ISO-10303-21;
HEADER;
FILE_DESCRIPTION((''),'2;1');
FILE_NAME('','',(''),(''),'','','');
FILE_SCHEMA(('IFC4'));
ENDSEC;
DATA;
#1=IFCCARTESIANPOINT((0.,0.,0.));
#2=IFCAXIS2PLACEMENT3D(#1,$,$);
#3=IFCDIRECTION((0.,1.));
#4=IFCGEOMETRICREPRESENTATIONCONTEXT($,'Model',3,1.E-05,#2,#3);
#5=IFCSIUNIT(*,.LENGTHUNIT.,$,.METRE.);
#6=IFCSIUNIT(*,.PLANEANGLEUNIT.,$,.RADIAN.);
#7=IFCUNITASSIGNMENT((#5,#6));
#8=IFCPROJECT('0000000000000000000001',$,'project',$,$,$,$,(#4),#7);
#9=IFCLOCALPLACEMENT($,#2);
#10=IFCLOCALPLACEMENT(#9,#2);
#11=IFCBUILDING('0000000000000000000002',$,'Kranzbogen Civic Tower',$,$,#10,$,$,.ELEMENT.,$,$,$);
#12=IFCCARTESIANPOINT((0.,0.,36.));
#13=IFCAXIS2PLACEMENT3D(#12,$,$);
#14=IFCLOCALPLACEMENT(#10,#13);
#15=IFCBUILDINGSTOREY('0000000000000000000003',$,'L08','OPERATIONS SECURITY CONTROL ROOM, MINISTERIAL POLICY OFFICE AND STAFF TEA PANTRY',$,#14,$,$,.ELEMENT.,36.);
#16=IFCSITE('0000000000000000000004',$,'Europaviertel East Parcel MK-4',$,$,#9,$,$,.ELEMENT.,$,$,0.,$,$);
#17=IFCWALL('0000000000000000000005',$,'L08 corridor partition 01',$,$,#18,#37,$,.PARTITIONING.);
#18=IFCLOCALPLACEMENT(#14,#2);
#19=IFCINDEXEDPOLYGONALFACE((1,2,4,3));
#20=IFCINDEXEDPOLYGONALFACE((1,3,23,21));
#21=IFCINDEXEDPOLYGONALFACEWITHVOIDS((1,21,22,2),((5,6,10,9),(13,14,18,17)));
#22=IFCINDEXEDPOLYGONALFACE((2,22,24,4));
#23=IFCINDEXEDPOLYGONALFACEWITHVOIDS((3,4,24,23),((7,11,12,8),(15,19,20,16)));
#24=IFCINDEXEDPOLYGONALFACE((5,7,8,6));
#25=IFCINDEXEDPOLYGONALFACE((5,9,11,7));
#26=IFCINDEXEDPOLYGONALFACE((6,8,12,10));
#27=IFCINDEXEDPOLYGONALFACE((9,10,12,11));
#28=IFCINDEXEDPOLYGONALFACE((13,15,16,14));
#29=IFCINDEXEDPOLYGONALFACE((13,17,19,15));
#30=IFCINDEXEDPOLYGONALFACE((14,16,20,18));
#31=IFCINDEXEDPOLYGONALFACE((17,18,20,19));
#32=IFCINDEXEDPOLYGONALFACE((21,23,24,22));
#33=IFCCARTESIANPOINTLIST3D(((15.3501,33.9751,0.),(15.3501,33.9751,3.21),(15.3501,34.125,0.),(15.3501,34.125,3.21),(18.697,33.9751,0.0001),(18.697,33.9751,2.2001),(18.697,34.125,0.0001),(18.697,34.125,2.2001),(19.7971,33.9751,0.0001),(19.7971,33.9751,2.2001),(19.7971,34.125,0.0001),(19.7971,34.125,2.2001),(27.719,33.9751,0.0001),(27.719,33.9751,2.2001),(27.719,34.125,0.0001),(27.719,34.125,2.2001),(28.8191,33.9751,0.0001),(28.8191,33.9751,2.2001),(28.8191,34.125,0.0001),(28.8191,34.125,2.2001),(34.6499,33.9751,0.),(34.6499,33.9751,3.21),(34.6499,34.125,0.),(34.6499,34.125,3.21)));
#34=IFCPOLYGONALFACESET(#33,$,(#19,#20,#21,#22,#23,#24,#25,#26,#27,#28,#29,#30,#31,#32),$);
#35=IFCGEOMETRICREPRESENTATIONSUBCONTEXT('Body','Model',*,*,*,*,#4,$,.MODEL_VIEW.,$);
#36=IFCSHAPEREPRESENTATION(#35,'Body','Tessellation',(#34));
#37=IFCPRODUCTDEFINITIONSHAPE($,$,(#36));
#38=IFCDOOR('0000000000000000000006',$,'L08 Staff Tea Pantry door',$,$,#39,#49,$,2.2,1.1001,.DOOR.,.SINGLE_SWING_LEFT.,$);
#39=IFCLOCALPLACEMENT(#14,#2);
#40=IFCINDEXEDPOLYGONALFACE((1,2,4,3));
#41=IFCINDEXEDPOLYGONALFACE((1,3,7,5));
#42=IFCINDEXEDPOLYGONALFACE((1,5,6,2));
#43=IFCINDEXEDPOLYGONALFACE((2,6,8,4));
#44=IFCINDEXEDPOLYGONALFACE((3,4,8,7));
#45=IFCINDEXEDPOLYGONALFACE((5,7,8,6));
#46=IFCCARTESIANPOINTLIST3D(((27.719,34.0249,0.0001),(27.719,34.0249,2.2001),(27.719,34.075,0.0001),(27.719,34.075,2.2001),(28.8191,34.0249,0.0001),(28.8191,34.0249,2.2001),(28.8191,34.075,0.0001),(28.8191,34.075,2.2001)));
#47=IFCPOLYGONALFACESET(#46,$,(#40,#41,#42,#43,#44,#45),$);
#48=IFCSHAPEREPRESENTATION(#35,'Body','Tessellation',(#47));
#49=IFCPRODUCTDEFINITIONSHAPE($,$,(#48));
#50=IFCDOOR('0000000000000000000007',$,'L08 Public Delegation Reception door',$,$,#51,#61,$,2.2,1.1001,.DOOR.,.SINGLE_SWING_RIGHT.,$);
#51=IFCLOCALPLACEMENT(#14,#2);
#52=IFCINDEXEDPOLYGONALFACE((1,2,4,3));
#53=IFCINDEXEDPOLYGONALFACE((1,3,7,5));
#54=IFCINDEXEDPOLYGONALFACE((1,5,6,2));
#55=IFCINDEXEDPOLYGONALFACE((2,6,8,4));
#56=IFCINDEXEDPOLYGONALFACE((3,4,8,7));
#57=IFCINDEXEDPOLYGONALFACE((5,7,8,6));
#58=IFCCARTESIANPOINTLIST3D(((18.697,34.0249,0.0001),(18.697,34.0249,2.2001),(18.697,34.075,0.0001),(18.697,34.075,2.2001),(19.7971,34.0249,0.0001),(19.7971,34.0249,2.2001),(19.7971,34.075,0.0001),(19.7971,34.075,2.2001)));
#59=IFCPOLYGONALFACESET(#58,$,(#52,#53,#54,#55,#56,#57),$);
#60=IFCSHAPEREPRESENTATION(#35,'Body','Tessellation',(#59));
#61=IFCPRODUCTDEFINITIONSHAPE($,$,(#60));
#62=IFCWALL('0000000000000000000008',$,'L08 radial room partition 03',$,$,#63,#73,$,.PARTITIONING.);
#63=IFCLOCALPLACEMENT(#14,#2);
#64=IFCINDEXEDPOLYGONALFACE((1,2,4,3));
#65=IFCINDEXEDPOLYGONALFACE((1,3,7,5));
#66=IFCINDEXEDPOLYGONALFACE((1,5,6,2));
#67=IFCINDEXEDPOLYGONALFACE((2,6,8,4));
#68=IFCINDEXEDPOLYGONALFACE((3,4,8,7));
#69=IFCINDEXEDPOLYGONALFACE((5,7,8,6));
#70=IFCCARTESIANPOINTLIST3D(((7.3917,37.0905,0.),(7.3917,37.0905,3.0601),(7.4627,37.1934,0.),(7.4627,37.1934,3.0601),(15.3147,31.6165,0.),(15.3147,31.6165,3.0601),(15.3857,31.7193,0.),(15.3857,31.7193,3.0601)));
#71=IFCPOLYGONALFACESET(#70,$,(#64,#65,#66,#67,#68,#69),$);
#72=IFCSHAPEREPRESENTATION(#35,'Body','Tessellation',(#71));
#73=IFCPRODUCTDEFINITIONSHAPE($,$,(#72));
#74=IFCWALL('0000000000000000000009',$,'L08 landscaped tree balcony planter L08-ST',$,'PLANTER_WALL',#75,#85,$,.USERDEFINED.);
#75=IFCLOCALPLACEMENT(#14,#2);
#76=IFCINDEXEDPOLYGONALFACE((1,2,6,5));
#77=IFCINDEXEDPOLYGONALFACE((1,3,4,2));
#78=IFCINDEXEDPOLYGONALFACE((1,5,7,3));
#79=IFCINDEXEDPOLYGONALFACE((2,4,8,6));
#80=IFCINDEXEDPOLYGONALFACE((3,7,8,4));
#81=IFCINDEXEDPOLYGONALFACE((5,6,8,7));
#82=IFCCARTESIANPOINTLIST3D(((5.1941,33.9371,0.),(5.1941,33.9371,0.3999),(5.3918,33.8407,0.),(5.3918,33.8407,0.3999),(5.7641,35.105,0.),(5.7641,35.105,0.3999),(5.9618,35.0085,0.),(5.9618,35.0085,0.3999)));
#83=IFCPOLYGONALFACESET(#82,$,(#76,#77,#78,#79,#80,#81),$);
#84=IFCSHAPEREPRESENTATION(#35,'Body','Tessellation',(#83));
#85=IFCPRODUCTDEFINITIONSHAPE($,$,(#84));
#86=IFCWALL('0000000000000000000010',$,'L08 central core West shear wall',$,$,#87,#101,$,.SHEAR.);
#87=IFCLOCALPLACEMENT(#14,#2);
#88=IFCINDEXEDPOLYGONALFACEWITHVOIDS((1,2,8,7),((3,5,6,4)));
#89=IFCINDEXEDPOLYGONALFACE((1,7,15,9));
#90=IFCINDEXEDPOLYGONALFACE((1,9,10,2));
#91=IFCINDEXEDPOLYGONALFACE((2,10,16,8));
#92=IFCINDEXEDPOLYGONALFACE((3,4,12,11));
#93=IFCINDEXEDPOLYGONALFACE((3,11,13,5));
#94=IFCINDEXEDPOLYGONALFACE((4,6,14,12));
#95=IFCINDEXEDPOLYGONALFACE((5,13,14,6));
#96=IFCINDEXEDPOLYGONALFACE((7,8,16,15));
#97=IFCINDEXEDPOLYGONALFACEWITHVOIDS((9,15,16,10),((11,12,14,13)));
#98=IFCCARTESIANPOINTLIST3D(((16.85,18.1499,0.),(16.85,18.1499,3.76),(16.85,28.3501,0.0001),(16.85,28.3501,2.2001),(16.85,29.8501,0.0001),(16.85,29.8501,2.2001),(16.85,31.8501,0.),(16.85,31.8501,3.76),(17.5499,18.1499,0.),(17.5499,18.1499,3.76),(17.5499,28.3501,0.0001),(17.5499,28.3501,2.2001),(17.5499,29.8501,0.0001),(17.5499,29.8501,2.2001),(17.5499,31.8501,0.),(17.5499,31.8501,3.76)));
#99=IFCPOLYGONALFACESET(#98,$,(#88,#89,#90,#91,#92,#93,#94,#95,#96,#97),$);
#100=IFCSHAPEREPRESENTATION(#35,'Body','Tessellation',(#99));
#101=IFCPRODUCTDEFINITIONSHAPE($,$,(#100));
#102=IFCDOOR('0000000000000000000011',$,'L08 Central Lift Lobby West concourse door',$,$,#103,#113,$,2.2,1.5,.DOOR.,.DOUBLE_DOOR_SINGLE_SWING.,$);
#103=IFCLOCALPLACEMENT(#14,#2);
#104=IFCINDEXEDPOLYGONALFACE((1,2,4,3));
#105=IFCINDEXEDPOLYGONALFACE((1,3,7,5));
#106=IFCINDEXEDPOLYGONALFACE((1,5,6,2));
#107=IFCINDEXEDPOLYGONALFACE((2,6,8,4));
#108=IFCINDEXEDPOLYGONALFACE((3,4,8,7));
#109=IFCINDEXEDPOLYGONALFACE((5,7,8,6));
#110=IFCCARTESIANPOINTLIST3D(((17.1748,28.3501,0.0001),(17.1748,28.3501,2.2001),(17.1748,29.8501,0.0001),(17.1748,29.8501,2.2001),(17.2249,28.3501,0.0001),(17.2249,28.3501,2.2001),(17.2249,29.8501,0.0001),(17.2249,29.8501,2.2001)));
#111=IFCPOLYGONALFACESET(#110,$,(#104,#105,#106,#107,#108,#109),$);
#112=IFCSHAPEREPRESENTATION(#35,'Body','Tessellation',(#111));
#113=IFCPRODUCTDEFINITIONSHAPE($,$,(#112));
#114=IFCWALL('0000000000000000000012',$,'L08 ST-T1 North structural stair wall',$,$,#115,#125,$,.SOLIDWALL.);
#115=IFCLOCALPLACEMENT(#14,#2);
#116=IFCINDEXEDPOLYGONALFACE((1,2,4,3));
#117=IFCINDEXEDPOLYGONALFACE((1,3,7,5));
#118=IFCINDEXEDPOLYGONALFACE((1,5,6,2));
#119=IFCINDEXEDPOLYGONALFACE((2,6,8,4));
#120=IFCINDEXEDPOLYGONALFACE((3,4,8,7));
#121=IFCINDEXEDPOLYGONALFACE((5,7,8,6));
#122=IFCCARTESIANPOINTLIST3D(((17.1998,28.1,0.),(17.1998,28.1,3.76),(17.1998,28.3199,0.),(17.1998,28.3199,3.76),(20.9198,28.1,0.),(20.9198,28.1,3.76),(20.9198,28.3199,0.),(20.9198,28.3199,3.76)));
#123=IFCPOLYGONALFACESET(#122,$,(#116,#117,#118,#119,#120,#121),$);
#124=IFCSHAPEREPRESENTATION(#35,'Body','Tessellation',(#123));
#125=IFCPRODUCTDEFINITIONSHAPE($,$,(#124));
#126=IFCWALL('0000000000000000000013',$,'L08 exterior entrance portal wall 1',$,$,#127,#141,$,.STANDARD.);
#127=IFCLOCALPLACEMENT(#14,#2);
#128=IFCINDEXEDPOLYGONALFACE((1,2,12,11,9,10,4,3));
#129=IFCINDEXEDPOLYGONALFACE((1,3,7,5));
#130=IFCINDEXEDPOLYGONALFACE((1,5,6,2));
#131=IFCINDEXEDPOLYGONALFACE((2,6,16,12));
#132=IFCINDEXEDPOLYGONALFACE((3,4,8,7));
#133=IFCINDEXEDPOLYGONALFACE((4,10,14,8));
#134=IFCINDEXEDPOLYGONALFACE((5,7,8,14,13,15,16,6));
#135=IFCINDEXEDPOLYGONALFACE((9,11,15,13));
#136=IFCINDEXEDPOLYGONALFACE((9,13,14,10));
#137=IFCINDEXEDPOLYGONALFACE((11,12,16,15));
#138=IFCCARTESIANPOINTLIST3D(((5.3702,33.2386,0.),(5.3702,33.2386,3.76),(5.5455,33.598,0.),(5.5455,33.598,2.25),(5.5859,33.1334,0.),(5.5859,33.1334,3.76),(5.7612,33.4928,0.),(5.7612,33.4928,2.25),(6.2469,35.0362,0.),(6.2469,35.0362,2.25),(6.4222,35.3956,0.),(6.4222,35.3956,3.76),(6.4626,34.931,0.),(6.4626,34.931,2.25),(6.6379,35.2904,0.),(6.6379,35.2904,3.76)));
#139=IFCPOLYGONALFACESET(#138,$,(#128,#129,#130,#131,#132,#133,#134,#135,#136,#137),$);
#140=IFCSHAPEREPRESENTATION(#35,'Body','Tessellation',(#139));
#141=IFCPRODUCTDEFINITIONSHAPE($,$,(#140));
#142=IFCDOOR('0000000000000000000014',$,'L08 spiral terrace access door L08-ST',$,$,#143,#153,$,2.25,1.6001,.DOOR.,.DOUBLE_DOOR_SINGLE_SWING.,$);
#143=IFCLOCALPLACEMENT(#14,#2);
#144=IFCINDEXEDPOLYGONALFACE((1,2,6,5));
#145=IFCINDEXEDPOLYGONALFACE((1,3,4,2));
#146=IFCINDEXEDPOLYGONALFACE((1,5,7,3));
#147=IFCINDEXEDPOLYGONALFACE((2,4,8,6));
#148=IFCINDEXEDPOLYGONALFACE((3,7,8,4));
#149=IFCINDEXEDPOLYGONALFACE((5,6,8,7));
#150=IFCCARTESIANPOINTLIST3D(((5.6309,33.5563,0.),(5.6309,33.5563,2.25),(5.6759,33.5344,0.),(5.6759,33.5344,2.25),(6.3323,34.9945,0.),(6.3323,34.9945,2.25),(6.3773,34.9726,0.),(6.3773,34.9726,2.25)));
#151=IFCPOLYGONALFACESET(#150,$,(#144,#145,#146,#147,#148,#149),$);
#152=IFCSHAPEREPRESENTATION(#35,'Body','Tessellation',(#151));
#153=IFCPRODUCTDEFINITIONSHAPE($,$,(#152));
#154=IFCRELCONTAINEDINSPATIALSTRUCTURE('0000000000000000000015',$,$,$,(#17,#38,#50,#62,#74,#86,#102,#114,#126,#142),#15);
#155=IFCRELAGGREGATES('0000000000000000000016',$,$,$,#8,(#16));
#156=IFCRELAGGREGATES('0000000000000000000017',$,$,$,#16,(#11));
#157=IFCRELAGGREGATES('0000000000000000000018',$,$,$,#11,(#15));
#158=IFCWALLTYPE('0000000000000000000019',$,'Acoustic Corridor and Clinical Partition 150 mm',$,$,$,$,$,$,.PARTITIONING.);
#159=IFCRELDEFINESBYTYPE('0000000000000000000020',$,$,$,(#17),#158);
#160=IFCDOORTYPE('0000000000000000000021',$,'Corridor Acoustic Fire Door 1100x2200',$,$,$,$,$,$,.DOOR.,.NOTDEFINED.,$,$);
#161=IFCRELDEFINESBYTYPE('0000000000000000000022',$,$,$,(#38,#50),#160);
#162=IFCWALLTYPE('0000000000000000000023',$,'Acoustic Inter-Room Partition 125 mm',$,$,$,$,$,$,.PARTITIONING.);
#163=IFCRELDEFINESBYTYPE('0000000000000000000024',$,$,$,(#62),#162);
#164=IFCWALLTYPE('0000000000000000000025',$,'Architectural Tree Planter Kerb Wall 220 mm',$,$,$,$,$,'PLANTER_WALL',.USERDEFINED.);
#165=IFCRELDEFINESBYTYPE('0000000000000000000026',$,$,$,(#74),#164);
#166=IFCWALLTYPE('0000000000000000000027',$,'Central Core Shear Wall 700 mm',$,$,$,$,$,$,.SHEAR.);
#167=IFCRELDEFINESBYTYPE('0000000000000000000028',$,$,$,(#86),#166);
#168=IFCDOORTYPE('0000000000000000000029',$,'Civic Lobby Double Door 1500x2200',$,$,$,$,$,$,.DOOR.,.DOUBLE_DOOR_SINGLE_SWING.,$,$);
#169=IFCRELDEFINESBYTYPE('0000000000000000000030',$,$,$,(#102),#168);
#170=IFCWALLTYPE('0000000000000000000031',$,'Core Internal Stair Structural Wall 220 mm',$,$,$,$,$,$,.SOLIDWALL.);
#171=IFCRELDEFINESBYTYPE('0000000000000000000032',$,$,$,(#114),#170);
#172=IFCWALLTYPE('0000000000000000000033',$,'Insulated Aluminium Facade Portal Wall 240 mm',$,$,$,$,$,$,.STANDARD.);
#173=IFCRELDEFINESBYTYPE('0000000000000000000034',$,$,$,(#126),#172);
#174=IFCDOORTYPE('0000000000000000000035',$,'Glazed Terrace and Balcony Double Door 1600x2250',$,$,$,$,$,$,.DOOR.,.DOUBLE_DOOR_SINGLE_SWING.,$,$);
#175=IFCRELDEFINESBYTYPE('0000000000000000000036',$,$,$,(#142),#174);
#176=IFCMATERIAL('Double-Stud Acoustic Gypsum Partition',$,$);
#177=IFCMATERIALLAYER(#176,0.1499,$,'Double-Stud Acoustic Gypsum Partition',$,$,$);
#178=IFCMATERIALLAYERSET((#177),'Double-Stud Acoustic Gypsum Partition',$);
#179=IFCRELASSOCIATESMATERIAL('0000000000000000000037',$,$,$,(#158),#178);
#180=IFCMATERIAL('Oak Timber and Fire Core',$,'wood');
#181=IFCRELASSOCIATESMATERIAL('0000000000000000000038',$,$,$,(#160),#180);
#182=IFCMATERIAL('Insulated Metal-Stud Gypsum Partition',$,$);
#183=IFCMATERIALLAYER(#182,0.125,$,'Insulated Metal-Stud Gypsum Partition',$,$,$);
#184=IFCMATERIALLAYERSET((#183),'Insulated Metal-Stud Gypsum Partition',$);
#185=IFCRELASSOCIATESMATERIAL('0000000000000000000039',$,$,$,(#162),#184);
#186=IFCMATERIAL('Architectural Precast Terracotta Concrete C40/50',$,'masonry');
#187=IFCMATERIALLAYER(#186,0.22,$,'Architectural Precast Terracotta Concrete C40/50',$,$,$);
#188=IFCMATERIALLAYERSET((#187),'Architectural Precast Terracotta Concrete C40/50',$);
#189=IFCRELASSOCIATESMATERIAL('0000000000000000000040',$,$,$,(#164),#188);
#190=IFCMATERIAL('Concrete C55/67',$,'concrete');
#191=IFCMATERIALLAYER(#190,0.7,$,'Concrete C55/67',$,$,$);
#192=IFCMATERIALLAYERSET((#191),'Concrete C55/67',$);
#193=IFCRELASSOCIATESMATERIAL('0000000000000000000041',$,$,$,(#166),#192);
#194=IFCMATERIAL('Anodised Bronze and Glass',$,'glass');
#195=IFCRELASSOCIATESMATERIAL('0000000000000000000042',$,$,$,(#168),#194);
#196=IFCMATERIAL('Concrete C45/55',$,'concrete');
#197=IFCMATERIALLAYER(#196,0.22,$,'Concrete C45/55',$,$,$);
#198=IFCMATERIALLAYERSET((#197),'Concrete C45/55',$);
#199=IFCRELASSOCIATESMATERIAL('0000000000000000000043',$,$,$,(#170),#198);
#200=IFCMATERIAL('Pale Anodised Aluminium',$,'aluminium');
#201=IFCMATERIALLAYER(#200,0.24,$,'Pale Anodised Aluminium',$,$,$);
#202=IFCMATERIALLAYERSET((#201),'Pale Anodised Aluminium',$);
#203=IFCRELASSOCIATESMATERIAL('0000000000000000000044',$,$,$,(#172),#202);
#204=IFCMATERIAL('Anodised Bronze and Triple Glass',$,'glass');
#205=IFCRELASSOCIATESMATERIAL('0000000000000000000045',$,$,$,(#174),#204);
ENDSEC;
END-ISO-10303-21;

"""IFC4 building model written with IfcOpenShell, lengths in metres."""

from ifc_helpers import new_model, si_unit, direction, frame, frame_2d, origin, place, context, subcontext, project, spatial, rectangle, extrude, material, layer, layer_set, type_object, element, fill, save


model = new_model("IFC4")

# Units and contexts
model_context = context("Model", 3, precision=1e-05, world=origin(), true_north=direction((0.0, 1.0)))
body_context = subcontext(model_context, "Body", "Model", "MODEL_VIEW")
ifc_project = project(units=[si_unit("LENGTHUNIT", "METRE"), si_unit("PLANEANGLEUNIT", "RADIAN")], contexts=[model_context])

# Site, building, storey
site_placement = place(None, origin())
site = spatial("IfcSite", under=ifc_project, at=site_placement, Name="Europaviertel East Parcel MK-4", CompositionType="ELEMENT", RefElevation=0.0)
building_placement = place(site_placement, origin())
building = spatial("IfcBuilding", under=site, at=building_placement, Name="Kranzbogen Civic Tower", CompositionType="ELEMENT")
storey_placement = place(building_placement, frame((0.0, 0.0, 36.0)))
storey = spatial("IfcBuildingStorey", under=building, at=storey_placement, Name="L08", Description="OPERATIONS SECURITY CONTROL ROOM, MINISTERIAL POLICY OFFICE AND STAFF TEA PANTRY", CompositionType="ELEMENT", Elevation=36.0)

# Shared definitions
ifc_material_1 = material(Name="Pale Anodised Aluminium", Category="aluminium")

# Wall, openings, doors
ifc_material_2 = material(Name="Double-Stud Acoustic Gypsum Partition")
ifc_layer_1 = layer(ifc_material_2, 0.1499, Name="Double-Stud Acoustic Gypsum Partition")
ifc_layer_set_1 = layer_set([ifc_layer_1], Name="Double-Stud Acoustic Gypsum Partition")
wall_type_1 = type_object("IfcWallType", Name="Acoustic Corridor and Clinical Partition 150 mm", PredefinedType="PARTITIONING", material=ifc_layer_set_1)
wall_1_placement = place(storey_placement, frame((15.3501, 34.05, 0.0), z_axis=(0.0, 0.0, 1.0), x_axis=(1.0, 0.0, 0.0)))
wall_1 = element("IfcWall", 1, at=wall_1_placement, inside=storey, type_object=wall_type_1, Name="L08 corridor partition 01", PredefinedType="PARTITIONING", context=body_context, shape_type="SweptSolid", body=[
    extrude(rectangle(XDim=19.2998, YDim=0.1499, at=frame_2d((9.6499, 0.0))), origin(), (0.0, 0.0, 1.0), 3.21),
])
opening_1_placement = place(wall_1_placement, frame((12.3689, 0.0, 0.0)))
opening_1 = element("IfcOpeningElement", 2, at=opening_1_placement, cuts=wall_1, PredefinedType="OPENING", context=body_context, shape_type="SweptSolid", body=[
    extrude(rectangle(XDim=1.1001, YDim=2.2, at=frame_2d((0.55, 1.1001))), frame((0.0, 0.085, 0.0), z_axis=(0.0, -1.0, 0.0), x_axis=(1.0, 0.0, 0.0)), (0.0, 0.0, 1.0), 0.1699),
])
opening_2_placement = place(wall_1_placement, frame((3.3469, 0.0, 0.0)))
opening_2 = element("IfcOpeningElement", 3, at=opening_2_placement, cuts=wall_1, PredefinedType="OPENING", context=body_context, shape_type="SweptSolid", body=[
    extrude(rectangle(XDim=1.1001, YDim=2.2, at=frame_2d((0.55, 1.1001))), frame((0.0, 0.085, 0.0), z_axis=(0.0, -1.0, 0.0), x_axis=(1.0, 0.0, 0.0)), (0.0, 0.0, 1.0), 0.1699),
])
ifc_material_3 = material(Name="Oak Timber and Fire Core", Category="wood")
door_type_1 = type_object("IfcDoorType", Name="Corridor Acoustic Fire Door 1100x2200", OperationType="NOTDEFINED", PredefinedType="DOOR", material=ifc_material_3)
door_1_placement = place(opening_1_placement, origin())
door_1 = element("IfcDoor", 4, at=door_1_placement, inside=storey, type_object=door_type_1, Name="L08 Staff Tea Pantry door", OperationType="SINGLE_SWING_LEFT", OverallHeight=2.2, OverallWidth=1.1001, PredefinedType="DOOR", context=body_context, shape_type="SweptSolid", body=[
    extrude(rectangle(XDim=1.1001, YDim=2.2, at=frame_2d((0.55, 1.1001))), frame((0.0, 0.0249, 0.0), z_axis=(0.0, -1.0, 0.0), x_axis=(1.0, 0.0, 0.0)), (0.0, 0.0, 1.0), 0.05),
])
fill(opening_1, door_1)
door_2_placement = place(opening_2_placement, origin())
door_2 = element("IfcDoor", 5, at=door_2_placement, inside=storey, type_object=door_type_1, Name="L08 Public Delegation Reception door", OperationType="SINGLE_SWING_RIGHT", OverallHeight=2.2, OverallWidth=1.1001, PredefinedType="DOOR", context=body_context, shape_type="SweptSolid", body=[
    extrude(rectangle(XDim=1.1001, YDim=2.2, at=frame_2d((0.55, 1.1001))), frame((0.0, 0.0249, 0.0), z_axis=(0.0, -1.0, 0.0), x_axis=(1.0, 0.0, 0.0)), (0.0, 0.0, 1.0), 0.05),
])
fill(opening_2, door_2)

# Walls
ifc_material_4 = material(Name="Insulated Metal-Stud Gypsum Partition")
ifc_layer_2 = layer(ifc_material_4, 0.125, Name="Insulated Metal-Stud Gypsum Partition")
ifc_layer_set_2 = layer_set([ifc_layer_2], Name="Insulated Metal-Stud Gypsum Partition")
wall_type_2 = type_object("IfcWallType", Name="Acoustic Inter-Room Partition 125 mm", PredefinedType="PARTITIONING", material=ifc_layer_set_2)
wall_2_placement = place(storey_placement, frame((15.3501, 31.668, 0.0), z_axis=(0.0, 0.0, 1.0), x_axis=(-0.822731, 0.568431, 0.0)))
element("IfcWall", 6, at=wall_2_placement, inside=storey, type_object=wall_type_2, Name="L08 radial room partition 03", PredefinedType="PARTITIONING", context=body_context, shape_type="SweptSolid", body=[
    extrude(rectangle(XDim=9.6301, YDim=0.125, at=frame_2d((4.8149, 0.0))), origin(), (0.0, 0.0, 1.0), 3.0601),
])
ifc_material_5 = material(Name="Architectural Precast Terracotta Concrete C40/50", Category="masonry")
ifc_layer_3 = layer(ifc_material_5, 0.22, Name="Architectural Precast Terracotta Concrete C40/50")
ifc_layer_set_3 = layer_set([ifc_layer_3], Name="Architectural Precast Terracotta Concrete C40/50")
wall_type_3 = type_object("IfcWallType", Name="Architectural Tree Planter Kerb Wall 220 mm", ElementType="PLANTER_WALL", PredefinedType="USERDEFINED", material=ifc_layer_set_3)
wall_3_placement = place(storey_placement, frame((5.863, 35.0569, 0.0), z_axis=(0.0, 0.0, 1.0), x_axis=(-0.438627, -0.898669, 0.0)))
element("IfcWall", 7, at=wall_3_placement, inside=storey, type_object=wall_type_3, Name="L08 landscaped tree balcony planter L08-ST", ObjectType="PLANTER_WALL", PredefinedType="USERDEFINED", context=body_context, shape_type="SweptSolid", body=[
    extrude(rectangle(XDim=1.2996, YDim=0.22, at=frame_2d((0.6499, 0.0))), origin(), (0.0, 0.0, 1.0), 0.3999),
])

# Wall, opening, door
ifc_material_6 = material(Name="Concrete C55/67", Category="concrete")
ifc_layer_4 = layer(ifc_material_6, 0.7, Name="Concrete C55/67")
ifc_layer_set_4 = layer_set([ifc_layer_4], Name="Concrete C55/67")
wall_type_4 = type_object("IfcWallType", Name="Central Core Shear Wall 700 mm", PredefinedType="SHEAR", material=ifc_layer_set_4)
wall_4_placement = place(storey_placement, frame((17.2, 31.8501, 0.0), z_axis=(0.0, 0.0, 1.0), x_axis=(0.0, -1.0, 0.0)))
wall_4 = element("IfcWall", 8, at=wall_4_placement, inside=storey, type_object=wall_type_4, Name="L08 central core West shear wall", PredefinedType="SHEAR", context=body_context, shape_type="SweptSolid", body=[
    extrude(rectangle(XDim=13.7002, YDim=0.7, at=frame_2d((6.8501, 0.0))), origin(), (0.0, 0.0, 1.0), 3.76),
])
opening_3_placement = place(wall_4_placement, frame((2.0, 0.0, 0.0)))
opening_3 = element("IfcOpeningElement", 9, at=opening_3_placement, cuts=wall_4, PredefinedType="OPENING", context=body_context, shape_type="SweptSolid", body=[
    extrude(rectangle(XDim=1.5, YDim=2.2, at=frame_2d((0.75, 1.1001))), frame((0.0, 0.3599, 0.0), z_axis=(0.0, -1.0, 0.0), x_axis=(1.0, 0.0, 0.0)), (0.0, 0.0, 1.0), 0.72),
])
ifc_material_7 = material(Name="Anodised Bronze and Glass", Category="glass")
door_type_2 = type_object("IfcDoorType", Name="Civic Lobby Double Door 1500x2200", OperationType="DOUBLE_DOOR_SINGLE_SWING", PredefinedType="DOOR", material=ifc_material_7)
door_3_placement = place(opening_3_placement, origin())
door_3 = element("IfcDoor", 10, at=door_3_placement, inside=storey, type_object=door_type_2, Name="L08 Central Lift Lobby West concourse door", OperationType="DOUBLE_DOOR_SINGLE_SWING", OverallHeight=2.2, OverallWidth=1.5, PredefinedType="DOOR", context=body_context, shape_type="SweptSolid", body=[
    extrude(rectangle(XDim=1.5, YDim=2.2, at=frame_2d((0.75, 1.1001))), frame((0.0, 0.0249, 0.0), z_axis=(0.0, -1.0, 0.0), x_axis=(1.0, 0.0, 0.0)), (0.0, 0.0, 1.0), 0.05),
])
fill(opening_3, door_3)

# Wall
ifc_material_8 = material(Name="Concrete C45/55", Category="concrete")
ifc_layer_5 = layer(ifc_material_8, 0.22, Name="Concrete C45/55")
ifc_layer_set_5 = layer_set([ifc_layer_5], Name="Concrete C45/55")
wall_type_5 = type_object("IfcWallType", Name="Core Internal Stair Structural Wall 220 mm", PredefinedType="SOLIDWALL", material=ifc_layer_set_5)
wall_5_placement = place(storey_placement, frame((17.2, 28.21, 0.0), z_axis=(0.0, 0.0, 1.0), x_axis=(1.0, 0.0, 0.0)))
element("IfcWall", 11, at=wall_5_placement, inside=storey, type_object=wall_type_5, Name="L08 ST-T1 North structural stair wall", PredefinedType="SOLIDWALL", context=body_context, shape_type="SweptSolid", body=[
    extrude(rectangle(XDim=3.72, YDim=0.22, at=frame_2d((1.8599, 0.0))), origin(), (0.0, 0.0, 1.0), 3.76),
])

# Wall, opening, door
ifc_layer_6 = layer(ifc_material_1, 0.24, Name="Pale Anodised Aluminium")
ifc_layer_set_6 = layer_set([ifc_layer_6], Name="Pale Anodised Aluminium")
wall_type_6 = type_object("IfcWallType", Name="Insulated Aluminium Facade Portal Wall 240 mm", PredefinedType="STANDARD", material=ifc_layer_set_6)
wall_6_placement = place(storey_placement, frame((6.53, 35.343, 0.0), z_axis=(0.0, 0.0, 1.0), x_axis=(-0.438361, -0.898799, 0.0)))
wall_6 = element("IfcWall", 12, at=wall_6_placement, inside=storey, type_object=wall_type_6, Name="L08 exterior entrance portal wall 1", PredefinedType="STANDARD", context=body_context, shape_type="SweptSolid", body=[
    extrude(rectangle(XDim=2.3999, YDim=0.24, at=frame_2d((1.2, 0.0))), origin(), (0.0, 0.0, 1.0), 3.76),
])
opening_4_placement = place(wall_6_placement, frame((0.3999, 0.0, 0.0)))
opening_4 = element("IfcOpeningElement", 13, at=opening_4_placement, cuts=wall_6, PredefinedType="OPENING", context=body_context, shape_type="SweptSolid", body=[
    extrude(rectangle(XDim=1.6001, YDim=2.25, at=frame_2d((0.8, 1.125))), frame((0.0, 0.1299, 0.0), z_axis=(0.0, -1.0, 0.0), x_axis=(1.0, 0.0, 0.0)), (0.0, 0.0, 1.0), 0.26),
])
ifc_material_9 = material(Name="Anodised Bronze and Triple Glass", Category="glass")
door_type_3 = type_object("IfcDoorType", Name="Glazed Terrace and Balcony Double Door 1600x2250", OperationType="DOUBLE_DOOR_SINGLE_SWING", PredefinedType="DOOR", material=ifc_material_9)
door_4_placement = place(opening_4_placement, frame((1.6001, 0.0, 0.0), z_axis=(0.0, 0.0, 1.0), x_axis=(-1.0, 0.0, 0.0)))
door_4 = element("IfcDoor", 14, at=door_4_placement, inside=storey, type_object=door_type_3, Name="L08 spiral terrace access door L08-ST", OperationType="DOUBLE_DOOR_SINGLE_SWING", OverallHeight=2.25, OverallWidth=1.6001, PredefinedType="DOOR", context=body_context, shape_type="SweptSolid", body=[
    extrude(rectangle(XDim=1.6001, YDim=2.25, at=frame_2d((0.8, 1.125))), frame((0.0, 0.0249, 0.0), z_axis=(0.0, -1.0, 0.0), x_axis=(1.0, 0.0, 0.0)), (0.0, 0.0, 1.0), 0.05),
])
fill(opening_4, door_4)

save(model, "model.ifc")
